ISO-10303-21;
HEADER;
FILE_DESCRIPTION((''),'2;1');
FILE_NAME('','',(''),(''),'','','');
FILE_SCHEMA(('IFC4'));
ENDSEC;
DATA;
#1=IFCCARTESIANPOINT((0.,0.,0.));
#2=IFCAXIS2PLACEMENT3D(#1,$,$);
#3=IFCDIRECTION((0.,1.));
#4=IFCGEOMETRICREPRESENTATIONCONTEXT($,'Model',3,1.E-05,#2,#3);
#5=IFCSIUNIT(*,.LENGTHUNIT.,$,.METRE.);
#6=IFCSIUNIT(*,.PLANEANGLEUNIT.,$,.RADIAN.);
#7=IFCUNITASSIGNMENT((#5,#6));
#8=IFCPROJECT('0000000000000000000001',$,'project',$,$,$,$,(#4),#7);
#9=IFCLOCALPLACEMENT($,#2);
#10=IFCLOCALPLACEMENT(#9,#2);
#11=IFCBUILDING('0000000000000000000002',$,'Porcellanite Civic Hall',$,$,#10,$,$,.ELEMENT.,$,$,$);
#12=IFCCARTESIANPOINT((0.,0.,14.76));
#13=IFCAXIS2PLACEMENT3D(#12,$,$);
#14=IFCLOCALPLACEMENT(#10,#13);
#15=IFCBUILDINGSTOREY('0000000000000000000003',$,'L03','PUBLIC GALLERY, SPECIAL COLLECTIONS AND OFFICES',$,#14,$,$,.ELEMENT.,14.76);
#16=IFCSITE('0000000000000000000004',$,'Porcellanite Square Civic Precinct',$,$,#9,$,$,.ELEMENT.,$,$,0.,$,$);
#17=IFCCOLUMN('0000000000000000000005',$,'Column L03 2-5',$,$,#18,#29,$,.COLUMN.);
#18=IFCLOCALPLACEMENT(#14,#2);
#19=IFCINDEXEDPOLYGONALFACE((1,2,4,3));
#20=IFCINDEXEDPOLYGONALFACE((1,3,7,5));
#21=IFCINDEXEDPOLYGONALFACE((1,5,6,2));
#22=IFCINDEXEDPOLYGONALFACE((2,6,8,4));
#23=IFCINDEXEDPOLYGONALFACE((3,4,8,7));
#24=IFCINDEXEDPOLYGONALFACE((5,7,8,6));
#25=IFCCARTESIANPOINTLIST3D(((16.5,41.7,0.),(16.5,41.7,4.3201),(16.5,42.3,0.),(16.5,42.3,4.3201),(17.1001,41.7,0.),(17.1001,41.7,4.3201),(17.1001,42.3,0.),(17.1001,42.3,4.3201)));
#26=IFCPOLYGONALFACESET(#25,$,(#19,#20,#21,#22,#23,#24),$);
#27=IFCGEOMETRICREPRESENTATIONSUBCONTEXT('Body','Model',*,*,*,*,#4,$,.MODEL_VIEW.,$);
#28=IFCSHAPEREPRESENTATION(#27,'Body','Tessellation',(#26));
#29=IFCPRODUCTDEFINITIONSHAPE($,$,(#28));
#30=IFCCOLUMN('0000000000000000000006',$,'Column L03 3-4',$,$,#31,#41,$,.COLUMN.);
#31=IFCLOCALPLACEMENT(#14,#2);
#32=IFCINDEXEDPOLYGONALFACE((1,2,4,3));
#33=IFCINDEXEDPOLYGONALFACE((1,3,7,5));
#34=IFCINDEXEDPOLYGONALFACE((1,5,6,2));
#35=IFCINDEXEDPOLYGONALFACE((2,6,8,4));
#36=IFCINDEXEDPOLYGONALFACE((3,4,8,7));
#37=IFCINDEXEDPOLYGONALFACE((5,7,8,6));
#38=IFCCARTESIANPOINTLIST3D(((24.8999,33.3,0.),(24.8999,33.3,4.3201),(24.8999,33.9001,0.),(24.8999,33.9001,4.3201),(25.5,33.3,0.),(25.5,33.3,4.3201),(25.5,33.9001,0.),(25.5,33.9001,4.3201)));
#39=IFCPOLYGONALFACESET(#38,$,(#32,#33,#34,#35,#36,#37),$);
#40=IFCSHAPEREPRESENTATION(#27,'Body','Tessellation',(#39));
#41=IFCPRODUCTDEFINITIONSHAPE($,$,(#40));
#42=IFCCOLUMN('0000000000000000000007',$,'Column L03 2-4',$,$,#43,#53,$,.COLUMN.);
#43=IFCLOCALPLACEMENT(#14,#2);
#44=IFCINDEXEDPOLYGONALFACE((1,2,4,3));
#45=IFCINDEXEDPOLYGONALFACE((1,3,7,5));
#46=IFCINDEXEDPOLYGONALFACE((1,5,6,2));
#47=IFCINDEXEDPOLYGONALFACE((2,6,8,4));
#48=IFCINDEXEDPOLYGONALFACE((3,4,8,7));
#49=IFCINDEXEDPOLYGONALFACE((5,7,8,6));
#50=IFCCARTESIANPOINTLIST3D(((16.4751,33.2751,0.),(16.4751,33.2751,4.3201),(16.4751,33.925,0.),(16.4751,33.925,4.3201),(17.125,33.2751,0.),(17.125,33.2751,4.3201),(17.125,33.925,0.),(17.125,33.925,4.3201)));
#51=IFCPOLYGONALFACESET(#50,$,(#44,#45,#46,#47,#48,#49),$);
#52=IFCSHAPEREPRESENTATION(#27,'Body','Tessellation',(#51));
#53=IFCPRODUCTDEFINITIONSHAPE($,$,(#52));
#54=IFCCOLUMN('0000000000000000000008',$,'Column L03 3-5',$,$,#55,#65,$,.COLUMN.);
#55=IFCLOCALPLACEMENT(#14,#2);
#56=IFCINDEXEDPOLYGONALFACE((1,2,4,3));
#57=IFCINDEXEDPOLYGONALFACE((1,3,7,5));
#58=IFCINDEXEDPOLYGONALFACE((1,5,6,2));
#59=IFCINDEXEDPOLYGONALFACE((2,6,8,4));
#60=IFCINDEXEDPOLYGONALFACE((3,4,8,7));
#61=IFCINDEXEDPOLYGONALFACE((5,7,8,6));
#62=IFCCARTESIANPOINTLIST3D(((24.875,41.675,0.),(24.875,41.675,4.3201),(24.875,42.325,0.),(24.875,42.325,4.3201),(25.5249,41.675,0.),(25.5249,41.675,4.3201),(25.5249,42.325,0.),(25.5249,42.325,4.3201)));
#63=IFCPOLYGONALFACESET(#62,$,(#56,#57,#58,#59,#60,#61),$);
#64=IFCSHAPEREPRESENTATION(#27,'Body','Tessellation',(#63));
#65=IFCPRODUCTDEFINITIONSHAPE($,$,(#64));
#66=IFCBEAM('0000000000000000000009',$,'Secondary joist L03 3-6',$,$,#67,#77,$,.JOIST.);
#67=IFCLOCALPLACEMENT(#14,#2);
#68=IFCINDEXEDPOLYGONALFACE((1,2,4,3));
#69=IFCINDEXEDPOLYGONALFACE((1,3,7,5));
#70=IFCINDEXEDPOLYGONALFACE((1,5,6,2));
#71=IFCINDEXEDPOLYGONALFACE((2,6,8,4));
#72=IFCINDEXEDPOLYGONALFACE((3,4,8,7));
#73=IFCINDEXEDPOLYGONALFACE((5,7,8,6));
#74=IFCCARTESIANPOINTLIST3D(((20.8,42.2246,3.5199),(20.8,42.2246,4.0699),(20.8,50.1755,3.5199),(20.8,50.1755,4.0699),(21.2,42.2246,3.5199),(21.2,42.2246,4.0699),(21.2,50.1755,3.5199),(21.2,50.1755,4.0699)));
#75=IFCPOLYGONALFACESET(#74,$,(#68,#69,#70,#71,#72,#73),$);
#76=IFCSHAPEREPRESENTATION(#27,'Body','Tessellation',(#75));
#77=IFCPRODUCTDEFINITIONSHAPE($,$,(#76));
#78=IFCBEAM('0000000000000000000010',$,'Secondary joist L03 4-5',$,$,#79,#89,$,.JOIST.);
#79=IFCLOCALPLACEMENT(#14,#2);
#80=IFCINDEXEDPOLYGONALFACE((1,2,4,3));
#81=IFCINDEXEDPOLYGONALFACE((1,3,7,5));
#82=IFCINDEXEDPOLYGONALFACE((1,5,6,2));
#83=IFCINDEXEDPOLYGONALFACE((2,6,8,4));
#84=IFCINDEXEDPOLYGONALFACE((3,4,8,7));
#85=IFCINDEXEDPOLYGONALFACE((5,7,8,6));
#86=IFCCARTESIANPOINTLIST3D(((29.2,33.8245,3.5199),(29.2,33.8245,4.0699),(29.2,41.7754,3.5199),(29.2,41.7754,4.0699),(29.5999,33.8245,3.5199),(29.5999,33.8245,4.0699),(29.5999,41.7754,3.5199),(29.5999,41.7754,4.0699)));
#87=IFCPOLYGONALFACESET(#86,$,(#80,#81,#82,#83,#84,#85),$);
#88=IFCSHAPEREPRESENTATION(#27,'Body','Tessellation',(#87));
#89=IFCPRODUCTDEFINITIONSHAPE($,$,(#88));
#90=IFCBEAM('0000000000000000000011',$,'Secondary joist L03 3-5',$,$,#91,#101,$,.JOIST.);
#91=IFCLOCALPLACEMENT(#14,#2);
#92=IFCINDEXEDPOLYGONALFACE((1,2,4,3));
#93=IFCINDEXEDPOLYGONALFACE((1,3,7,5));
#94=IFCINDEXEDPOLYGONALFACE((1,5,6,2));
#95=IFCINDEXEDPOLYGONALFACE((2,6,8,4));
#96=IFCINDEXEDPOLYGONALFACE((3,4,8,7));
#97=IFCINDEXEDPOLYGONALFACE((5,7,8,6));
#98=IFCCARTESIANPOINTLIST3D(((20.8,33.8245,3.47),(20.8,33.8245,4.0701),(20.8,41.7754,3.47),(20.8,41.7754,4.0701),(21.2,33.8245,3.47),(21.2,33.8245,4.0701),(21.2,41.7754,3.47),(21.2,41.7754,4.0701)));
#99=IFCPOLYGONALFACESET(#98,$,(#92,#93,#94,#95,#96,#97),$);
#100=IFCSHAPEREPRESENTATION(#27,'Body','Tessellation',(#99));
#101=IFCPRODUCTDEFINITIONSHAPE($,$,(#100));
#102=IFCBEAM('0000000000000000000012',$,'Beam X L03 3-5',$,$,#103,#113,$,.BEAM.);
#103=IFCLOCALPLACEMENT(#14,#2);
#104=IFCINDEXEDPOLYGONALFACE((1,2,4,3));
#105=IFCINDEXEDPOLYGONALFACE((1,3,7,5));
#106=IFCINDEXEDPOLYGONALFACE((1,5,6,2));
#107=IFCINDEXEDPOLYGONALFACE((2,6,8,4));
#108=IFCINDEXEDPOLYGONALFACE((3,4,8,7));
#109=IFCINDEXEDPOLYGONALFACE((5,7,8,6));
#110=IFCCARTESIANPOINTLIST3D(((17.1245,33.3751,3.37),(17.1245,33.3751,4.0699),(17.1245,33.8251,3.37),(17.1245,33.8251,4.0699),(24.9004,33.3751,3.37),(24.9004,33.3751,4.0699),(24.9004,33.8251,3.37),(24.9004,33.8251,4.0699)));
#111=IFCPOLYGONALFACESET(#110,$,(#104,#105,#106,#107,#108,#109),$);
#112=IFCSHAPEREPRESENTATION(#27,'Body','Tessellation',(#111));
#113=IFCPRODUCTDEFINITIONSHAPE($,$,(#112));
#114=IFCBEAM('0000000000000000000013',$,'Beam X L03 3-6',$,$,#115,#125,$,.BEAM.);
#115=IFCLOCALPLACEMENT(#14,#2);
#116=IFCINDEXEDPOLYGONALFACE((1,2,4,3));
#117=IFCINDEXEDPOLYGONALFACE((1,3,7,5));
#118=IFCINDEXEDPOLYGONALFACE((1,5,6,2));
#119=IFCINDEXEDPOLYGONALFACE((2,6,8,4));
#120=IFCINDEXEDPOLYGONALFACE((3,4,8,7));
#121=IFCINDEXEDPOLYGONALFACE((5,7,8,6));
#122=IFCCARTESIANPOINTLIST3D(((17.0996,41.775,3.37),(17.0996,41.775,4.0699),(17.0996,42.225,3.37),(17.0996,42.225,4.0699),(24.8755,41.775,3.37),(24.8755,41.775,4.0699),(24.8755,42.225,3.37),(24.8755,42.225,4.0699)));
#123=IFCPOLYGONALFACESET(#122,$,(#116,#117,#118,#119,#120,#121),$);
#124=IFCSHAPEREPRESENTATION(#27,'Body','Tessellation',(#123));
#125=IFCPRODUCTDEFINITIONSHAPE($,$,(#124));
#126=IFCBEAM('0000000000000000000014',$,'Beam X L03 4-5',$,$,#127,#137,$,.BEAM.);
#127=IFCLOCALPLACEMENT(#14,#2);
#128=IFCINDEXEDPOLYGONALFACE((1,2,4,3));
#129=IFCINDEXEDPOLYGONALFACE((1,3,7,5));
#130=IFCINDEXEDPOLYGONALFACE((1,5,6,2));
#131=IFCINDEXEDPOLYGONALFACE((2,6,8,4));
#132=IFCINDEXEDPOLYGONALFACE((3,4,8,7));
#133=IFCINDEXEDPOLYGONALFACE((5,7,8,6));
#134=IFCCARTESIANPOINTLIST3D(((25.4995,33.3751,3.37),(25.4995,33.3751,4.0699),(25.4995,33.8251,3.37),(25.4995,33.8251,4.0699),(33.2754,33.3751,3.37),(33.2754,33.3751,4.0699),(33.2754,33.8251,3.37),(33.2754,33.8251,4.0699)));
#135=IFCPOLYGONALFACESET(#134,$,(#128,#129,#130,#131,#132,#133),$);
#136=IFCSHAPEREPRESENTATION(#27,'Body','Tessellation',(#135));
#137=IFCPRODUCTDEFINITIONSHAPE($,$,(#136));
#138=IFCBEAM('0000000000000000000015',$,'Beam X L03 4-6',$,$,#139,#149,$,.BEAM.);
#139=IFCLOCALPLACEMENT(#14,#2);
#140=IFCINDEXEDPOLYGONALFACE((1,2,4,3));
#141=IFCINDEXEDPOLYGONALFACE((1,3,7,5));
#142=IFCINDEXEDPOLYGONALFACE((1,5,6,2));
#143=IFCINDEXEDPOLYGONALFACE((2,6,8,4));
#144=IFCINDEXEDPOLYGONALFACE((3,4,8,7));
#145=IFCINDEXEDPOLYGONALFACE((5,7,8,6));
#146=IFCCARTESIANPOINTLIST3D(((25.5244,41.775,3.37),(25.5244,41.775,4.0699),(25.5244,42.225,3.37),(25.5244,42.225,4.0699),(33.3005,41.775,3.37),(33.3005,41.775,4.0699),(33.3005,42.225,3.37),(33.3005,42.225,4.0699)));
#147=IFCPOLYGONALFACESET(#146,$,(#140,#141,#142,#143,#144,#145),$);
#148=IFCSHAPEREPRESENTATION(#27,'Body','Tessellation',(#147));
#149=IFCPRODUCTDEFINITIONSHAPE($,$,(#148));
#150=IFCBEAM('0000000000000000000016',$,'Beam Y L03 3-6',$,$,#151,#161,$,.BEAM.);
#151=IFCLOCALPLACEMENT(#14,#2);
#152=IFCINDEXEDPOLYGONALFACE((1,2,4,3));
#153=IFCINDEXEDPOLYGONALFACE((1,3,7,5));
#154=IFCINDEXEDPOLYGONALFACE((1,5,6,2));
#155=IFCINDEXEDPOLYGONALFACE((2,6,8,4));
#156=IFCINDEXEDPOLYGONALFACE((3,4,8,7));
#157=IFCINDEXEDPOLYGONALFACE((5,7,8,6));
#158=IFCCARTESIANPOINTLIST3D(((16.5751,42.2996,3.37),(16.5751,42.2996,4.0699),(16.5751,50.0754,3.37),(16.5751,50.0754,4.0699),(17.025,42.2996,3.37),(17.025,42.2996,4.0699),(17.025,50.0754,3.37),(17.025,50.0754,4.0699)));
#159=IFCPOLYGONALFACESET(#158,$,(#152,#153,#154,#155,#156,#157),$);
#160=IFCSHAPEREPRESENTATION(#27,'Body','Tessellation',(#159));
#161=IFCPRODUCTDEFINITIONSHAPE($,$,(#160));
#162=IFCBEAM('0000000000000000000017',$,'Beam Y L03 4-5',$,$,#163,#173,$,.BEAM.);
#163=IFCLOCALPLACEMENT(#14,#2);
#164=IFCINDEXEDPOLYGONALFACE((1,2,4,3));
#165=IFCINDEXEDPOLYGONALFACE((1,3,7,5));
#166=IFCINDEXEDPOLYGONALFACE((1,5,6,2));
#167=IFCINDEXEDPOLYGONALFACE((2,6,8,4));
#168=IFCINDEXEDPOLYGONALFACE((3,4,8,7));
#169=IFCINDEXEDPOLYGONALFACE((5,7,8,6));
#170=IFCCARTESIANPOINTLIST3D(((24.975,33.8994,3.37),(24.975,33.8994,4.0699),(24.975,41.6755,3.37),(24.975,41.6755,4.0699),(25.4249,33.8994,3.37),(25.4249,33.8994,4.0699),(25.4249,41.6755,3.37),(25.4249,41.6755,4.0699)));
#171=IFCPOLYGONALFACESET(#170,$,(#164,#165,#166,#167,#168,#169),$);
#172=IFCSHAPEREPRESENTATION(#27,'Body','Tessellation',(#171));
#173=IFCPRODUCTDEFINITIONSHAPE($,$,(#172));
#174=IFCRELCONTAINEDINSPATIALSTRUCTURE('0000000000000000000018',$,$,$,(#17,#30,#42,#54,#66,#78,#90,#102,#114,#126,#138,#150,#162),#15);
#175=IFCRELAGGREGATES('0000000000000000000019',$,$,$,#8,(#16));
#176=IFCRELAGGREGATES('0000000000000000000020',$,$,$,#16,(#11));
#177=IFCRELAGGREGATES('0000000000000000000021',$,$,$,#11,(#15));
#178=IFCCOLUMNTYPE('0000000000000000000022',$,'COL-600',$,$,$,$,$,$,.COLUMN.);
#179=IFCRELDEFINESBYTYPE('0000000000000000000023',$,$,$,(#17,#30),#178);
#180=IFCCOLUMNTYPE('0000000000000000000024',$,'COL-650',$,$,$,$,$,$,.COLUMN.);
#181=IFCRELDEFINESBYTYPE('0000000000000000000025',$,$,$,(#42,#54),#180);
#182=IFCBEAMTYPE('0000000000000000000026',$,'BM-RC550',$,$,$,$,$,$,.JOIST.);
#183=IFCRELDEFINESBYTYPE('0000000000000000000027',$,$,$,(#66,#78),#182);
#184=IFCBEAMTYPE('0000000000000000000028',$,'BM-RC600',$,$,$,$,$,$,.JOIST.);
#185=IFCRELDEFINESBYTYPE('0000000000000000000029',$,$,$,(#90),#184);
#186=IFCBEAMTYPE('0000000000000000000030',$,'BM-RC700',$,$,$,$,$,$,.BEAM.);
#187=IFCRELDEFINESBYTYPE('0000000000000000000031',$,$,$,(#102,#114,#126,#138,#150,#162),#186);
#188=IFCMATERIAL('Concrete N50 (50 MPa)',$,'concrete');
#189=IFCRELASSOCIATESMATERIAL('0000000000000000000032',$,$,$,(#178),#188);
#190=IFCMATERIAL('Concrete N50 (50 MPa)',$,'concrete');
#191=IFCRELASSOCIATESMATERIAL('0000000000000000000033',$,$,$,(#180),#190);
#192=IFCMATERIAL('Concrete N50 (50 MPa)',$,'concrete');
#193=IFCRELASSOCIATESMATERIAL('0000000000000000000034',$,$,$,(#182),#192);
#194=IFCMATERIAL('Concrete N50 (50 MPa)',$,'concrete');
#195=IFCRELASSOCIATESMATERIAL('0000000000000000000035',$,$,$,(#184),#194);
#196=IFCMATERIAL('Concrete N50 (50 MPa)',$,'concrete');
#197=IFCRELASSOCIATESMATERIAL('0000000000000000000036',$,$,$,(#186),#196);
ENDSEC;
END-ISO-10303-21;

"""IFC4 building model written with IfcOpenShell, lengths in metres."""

from ifc_helpers import new_model, si_unit, direction, frame, origin, origin_2d, place, context, subcontext, project, spatial, rectangle, extrude, material, material_profile, profile_set, type_object, element, save


model = new_model("IFC4")

# Units and contexts
model_context = context("Model", 3, precision=1e-05, world=origin(), true_north=direction((0.0, 1.0)))
body_context = subcontext(model_context, "Body", "Model", "MODEL_VIEW")
ifc_project = project(units=[si_unit("LENGTHUNIT", "METRE"), si_unit("PLANEANGLEUNIT", "RADIAN")], contexts=[model_context])

# Site, building, storey
site_placement = place(None, origin())
site = spatial("IfcSite", under=ifc_project, at=site_placement, Name="Porcellanite Square Civic Precinct", CompositionType="ELEMENT", RefElevation=0.0)
building_placement = place(site_placement, origin())
building = spatial("IfcBuilding", under=site, at=building_placement, Name="Porcellanite Civic Hall", CompositionType="ELEMENT")
storey_placement = place(building_placement, frame((0.0, 0.0, 14.76)))
storey = spatial("IfcBuildingStorey", under=building, at=storey_placement, Name="L03", Description="PUBLIC GALLERY, SPECIAL COLLECTIONS AND OFFICES", CompositionType="ELEMENT", Elevation=14.76)

# Columns
ifc_material_1 = material(Name="Concrete N50 (50 MPa)", Category="concrete")
ifc_material_profile_1 = material_profile(ifc_material_1, rectangle(XDim=0.6001, YDim=0.6001, at=origin_2d()), Name="RC-600x600")
ifc_profile_set_1 = profile_set([ifc_material_profile_1], Name="Concrete N50 (50 MPa)")
column_type_1 = type_object("IfcColumnType", Name="COL-600", PredefinedType="COLUMN", material=ifc_profile_set_1)
for number, where, z_axis, x_axis, name in (
    (1, (16.8, 42.0, 0.0), (0.0, 0.0, 1.0), (1.0, 0.0, 0.0), "Column L03 2-5"),
    (2, (25.2, 33.6001, 0.0), (0.0, 0.0, 1.0), (1.0, 0.0, 0.0), "Column L03 3-4"),
):
    element("IfcColumn", number, at=place(storey_placement, frame(where, z_axis=z_axis, x_axis=x_axis)), inside=storey, type_object=column_type_1, Name=name, PredefinedType="COLUMN", context=body_context, shape_type="SweptSolid", body=[
        extrude(rectangle(XDim=0.6001, YDim=0.6001, at=origin_2d()), origin(), (0.0, 0.0, 1.0), 4.3201),
    ])
ifc_material_2 = material(Name="Concrete N50 (50 MPa)", Category="concrete")
ifc_material_profile_2 = material_profile(ifc_material_2, rectangle(XDim=0.6499, YDim=0.6499, at=origin_2d()), Name="RC-650x650")
ifc_profile_set_2 = profile_set([ifc_material_profile_2], Name="Concrete N50 (50 MPa)")
column_type_2 = type_object("IfcColumnType", Name="COL-650", PredefinedType="COLUMN", material=ifc_profile_set_2)
for number, where, z_axis, x_axis, name in (
    (3, (16.8, 33.6001, 0.0), (0.0, 0.0, 1.0), (1.0, 0.0, 0.0), "Column L03 2-4"),
    (4, (25.2, 42.0, 0.0), (0.0, 0.0, 1.0), (1.0, 0.0, 0.0), "Column L03 3-5"),
):
    element("IfcColumn", number, at=place(storey_placement, frame(where, z_axis=z_axis, x_axis=x_axis)), inside=storey, type_object=column_type_2, Name=name, PredefinedType="COLUMN", context=body_context, shape_type="SweptSolid", body=[
        extrude(rectangle(XDim=0.6499, YDim=0.6499, at=origin_2d()), origin(), (0.0, 0.0, 1.0), 4.3201),
    ])

# Beams
ifc_material_3 = material(Name="Concrete N50 (50 MPa)", Category="concrete")
ifc_material_profile_3 = material_profile(ifc_material_3, rectangle(XDim=0.3999, YDim=0.55, at=origin_2d()), Name="RC-400x550")
ifc_profile_set_3 = profile_set([ifc_material_profile_3], Name="Concrete N50 (50 MPa)")
beam_type_1 = type_object("IfcBeamType", Name="BM-RC550", PredefinedType="JOIST", material=ifc_profile_set_3)
for number, where, z_axis, x_axis, name in (
    (5, (21.0, 42.2246, 3.7949), (0.0, 1.0, 0.0), (-1.0, 0.0, 0.0), "Secondary joist L03 3-6"),
    (6, (29.3999, 33.8245, 3.7949), (0.0, 1.0, 0.0), (-1.0, 0.0, 0.0), "Secondary joist L03 4-5"),
):
    element("IfcBeam", number, at=place(storey_placement, frame(where, z_axis=z_axis, x_axis=x_axis)), inside=storey, type_object=beam_type_1, Name=name, PredefinedType="JOIST", context=body_context, shape_type="SweptSolid", body=[
        extrude(rectangle(XDim=0.3999, YDim=0.55, at=origin_2d()), origin(), (0.0, 0.0, 1.0), 7.9509),
    ])
ifc_material_4 = material(Name="Concrete N50 (50 MPa)", Category="concrete")
ifc_material_profile_4 = material_profile(ifc_material_4, rectangle(XDim=0.3999, YDim=0.6001, at=origin_2d()), Name="RC-400x600")
ifc_profile_set_4 = profile_set([ifc_material_profile_4], Name="Concrete N50 (50 MPa)")
beam_type_2 = type_object("IfcBeamType", Name="BM-RC600", PredefinedType="JOIST", material=ifc_profile_set_4)
beam_1_placement = place(storey_placement, frame((21.0, 33.8245, 3.77), z_axis=(0.0, 1.0, 0.0), x_axis=(-1.0, 0.0, 0.0)))
element("IfcBeam", 7, at=beam_1_placement, inside=storey, type_object=beam_type_2, Name="Secondary joist L03 3-5", PredefinedType="JOIST", context=body_context, shape_type="SweptSolid", body=[
    extrude(rectangle(XDim=0.3999, YDim=0.6001, at=origin_2d()), origin(), (0.0, 0.0, 1.0), 7.9509),
])
ifc_material_5 = material(Name="Concrete N50 (50 MPa)", Category="concrete")
ifc_material_profile_5 = material_profile(ifc_material_5, rectangle(XDim=0.45, YDim=0.7, at=origin_2d()), Name="RC-450x700")
ifc_profile_set_5 = profile_set([ifc_material_profile_5], Name="Concrete N50 (50 MPa)")
beam_type_3 = type_object("IfcBeamType", Name="BM-RC700", PredefinedType="BEAM", material=ifc_profile_set_5)
for number, where, z_axis, x_axis, name in (
    (8, (17.1245, 33.6001, 3.72), (1.0, 0.0, 0.0), (0.0, 1.0, 0.0), "Beam X L03 3-5"),
    (9, (17.0996, 42.0, 3.72), (1.0, 0.0, 0.0), (0.0, 1.0, 0.0), "Beam X L03 3-6"),
    (10, (25.4995, 33.6001, 3.72), (1.0, 0.0, 0.0), (0.0, 1.0, 0.0), "Beam X L03 4-5"),
):
    element("IfcBeam", number, at=place(storey_placement, frame(where, z_axis=z_axis, x_axis=x_axis)), inside=storey, type_object=beam_type_3, Name=name, PredefinedType="BEAM", context=body_context, shape_type="SweptSolid", body=[
        extrude(rectangle(XDim=0.45, YDim=0.7, at=origin_2d()), origin(), (0.0, 0.0, 1.0), 7.7759),
    ])
beam_2_placement = place(storey_placement, frame((25.5244, 42.0, 3.72), z_axis=(1.0, 0.0, 0.0), x_axis=(0.0, 1.0, 0.0)))
element("IfcBeam", 11, at=beam_2_placement, inside=storey, type_object=beam_type_3, Name="Beam X L03 4-6", PredefinedType="BEAM", context=body_context, shape_type="SweptSolid", body=[
    extrude(rectangle(XDim=0.45, YDim=0.7, at=origin_2d()), origin(), (0.0, 0.0, 1.0), 7.7761),
])
beam_3_placement = place(storey_placement, frame((16.8, 42.2996, 3.72), z_axis=(0.0, 1.0, 0.0), x_axis=(-1.0, 0.0, 0.0)))
element("IfcBeam", 12, at=beam_3_placement, inside=storey, type_object=beam_type_3, Name="Beam Y L03 3-6", PredefinedType="BEAM", context=body_context, shape_type="SweptSolid", body=[
    extrude(rectangle(XDim=0.45, YDim=0.7, at=origin_2d()), origin(), (0.0, 0.0, 1.0), 7.7759),
])
beam_4_placement = place(storey_placement, frame((25.2, 33.8994, 3.72), z_axis=(0.0, 1.0, 0.0), x_axis=(-1.0, 0.0, 0.0)))
element("IfcBeam", 13, at=beam_4_placement, inside=storey, type_object=beam_type_3, Name="Beam Y L03 4-5", PredefinedType="BEAM", context=body_context, shape_type="SweptSolid", body=[
    extrude(rectangle(XDim=0.45, YDim=0.7, at=origin_2d()), origin(), (0.0, 0.0, 1.0), 7.7761),
])

save(model, "model.ifc")
